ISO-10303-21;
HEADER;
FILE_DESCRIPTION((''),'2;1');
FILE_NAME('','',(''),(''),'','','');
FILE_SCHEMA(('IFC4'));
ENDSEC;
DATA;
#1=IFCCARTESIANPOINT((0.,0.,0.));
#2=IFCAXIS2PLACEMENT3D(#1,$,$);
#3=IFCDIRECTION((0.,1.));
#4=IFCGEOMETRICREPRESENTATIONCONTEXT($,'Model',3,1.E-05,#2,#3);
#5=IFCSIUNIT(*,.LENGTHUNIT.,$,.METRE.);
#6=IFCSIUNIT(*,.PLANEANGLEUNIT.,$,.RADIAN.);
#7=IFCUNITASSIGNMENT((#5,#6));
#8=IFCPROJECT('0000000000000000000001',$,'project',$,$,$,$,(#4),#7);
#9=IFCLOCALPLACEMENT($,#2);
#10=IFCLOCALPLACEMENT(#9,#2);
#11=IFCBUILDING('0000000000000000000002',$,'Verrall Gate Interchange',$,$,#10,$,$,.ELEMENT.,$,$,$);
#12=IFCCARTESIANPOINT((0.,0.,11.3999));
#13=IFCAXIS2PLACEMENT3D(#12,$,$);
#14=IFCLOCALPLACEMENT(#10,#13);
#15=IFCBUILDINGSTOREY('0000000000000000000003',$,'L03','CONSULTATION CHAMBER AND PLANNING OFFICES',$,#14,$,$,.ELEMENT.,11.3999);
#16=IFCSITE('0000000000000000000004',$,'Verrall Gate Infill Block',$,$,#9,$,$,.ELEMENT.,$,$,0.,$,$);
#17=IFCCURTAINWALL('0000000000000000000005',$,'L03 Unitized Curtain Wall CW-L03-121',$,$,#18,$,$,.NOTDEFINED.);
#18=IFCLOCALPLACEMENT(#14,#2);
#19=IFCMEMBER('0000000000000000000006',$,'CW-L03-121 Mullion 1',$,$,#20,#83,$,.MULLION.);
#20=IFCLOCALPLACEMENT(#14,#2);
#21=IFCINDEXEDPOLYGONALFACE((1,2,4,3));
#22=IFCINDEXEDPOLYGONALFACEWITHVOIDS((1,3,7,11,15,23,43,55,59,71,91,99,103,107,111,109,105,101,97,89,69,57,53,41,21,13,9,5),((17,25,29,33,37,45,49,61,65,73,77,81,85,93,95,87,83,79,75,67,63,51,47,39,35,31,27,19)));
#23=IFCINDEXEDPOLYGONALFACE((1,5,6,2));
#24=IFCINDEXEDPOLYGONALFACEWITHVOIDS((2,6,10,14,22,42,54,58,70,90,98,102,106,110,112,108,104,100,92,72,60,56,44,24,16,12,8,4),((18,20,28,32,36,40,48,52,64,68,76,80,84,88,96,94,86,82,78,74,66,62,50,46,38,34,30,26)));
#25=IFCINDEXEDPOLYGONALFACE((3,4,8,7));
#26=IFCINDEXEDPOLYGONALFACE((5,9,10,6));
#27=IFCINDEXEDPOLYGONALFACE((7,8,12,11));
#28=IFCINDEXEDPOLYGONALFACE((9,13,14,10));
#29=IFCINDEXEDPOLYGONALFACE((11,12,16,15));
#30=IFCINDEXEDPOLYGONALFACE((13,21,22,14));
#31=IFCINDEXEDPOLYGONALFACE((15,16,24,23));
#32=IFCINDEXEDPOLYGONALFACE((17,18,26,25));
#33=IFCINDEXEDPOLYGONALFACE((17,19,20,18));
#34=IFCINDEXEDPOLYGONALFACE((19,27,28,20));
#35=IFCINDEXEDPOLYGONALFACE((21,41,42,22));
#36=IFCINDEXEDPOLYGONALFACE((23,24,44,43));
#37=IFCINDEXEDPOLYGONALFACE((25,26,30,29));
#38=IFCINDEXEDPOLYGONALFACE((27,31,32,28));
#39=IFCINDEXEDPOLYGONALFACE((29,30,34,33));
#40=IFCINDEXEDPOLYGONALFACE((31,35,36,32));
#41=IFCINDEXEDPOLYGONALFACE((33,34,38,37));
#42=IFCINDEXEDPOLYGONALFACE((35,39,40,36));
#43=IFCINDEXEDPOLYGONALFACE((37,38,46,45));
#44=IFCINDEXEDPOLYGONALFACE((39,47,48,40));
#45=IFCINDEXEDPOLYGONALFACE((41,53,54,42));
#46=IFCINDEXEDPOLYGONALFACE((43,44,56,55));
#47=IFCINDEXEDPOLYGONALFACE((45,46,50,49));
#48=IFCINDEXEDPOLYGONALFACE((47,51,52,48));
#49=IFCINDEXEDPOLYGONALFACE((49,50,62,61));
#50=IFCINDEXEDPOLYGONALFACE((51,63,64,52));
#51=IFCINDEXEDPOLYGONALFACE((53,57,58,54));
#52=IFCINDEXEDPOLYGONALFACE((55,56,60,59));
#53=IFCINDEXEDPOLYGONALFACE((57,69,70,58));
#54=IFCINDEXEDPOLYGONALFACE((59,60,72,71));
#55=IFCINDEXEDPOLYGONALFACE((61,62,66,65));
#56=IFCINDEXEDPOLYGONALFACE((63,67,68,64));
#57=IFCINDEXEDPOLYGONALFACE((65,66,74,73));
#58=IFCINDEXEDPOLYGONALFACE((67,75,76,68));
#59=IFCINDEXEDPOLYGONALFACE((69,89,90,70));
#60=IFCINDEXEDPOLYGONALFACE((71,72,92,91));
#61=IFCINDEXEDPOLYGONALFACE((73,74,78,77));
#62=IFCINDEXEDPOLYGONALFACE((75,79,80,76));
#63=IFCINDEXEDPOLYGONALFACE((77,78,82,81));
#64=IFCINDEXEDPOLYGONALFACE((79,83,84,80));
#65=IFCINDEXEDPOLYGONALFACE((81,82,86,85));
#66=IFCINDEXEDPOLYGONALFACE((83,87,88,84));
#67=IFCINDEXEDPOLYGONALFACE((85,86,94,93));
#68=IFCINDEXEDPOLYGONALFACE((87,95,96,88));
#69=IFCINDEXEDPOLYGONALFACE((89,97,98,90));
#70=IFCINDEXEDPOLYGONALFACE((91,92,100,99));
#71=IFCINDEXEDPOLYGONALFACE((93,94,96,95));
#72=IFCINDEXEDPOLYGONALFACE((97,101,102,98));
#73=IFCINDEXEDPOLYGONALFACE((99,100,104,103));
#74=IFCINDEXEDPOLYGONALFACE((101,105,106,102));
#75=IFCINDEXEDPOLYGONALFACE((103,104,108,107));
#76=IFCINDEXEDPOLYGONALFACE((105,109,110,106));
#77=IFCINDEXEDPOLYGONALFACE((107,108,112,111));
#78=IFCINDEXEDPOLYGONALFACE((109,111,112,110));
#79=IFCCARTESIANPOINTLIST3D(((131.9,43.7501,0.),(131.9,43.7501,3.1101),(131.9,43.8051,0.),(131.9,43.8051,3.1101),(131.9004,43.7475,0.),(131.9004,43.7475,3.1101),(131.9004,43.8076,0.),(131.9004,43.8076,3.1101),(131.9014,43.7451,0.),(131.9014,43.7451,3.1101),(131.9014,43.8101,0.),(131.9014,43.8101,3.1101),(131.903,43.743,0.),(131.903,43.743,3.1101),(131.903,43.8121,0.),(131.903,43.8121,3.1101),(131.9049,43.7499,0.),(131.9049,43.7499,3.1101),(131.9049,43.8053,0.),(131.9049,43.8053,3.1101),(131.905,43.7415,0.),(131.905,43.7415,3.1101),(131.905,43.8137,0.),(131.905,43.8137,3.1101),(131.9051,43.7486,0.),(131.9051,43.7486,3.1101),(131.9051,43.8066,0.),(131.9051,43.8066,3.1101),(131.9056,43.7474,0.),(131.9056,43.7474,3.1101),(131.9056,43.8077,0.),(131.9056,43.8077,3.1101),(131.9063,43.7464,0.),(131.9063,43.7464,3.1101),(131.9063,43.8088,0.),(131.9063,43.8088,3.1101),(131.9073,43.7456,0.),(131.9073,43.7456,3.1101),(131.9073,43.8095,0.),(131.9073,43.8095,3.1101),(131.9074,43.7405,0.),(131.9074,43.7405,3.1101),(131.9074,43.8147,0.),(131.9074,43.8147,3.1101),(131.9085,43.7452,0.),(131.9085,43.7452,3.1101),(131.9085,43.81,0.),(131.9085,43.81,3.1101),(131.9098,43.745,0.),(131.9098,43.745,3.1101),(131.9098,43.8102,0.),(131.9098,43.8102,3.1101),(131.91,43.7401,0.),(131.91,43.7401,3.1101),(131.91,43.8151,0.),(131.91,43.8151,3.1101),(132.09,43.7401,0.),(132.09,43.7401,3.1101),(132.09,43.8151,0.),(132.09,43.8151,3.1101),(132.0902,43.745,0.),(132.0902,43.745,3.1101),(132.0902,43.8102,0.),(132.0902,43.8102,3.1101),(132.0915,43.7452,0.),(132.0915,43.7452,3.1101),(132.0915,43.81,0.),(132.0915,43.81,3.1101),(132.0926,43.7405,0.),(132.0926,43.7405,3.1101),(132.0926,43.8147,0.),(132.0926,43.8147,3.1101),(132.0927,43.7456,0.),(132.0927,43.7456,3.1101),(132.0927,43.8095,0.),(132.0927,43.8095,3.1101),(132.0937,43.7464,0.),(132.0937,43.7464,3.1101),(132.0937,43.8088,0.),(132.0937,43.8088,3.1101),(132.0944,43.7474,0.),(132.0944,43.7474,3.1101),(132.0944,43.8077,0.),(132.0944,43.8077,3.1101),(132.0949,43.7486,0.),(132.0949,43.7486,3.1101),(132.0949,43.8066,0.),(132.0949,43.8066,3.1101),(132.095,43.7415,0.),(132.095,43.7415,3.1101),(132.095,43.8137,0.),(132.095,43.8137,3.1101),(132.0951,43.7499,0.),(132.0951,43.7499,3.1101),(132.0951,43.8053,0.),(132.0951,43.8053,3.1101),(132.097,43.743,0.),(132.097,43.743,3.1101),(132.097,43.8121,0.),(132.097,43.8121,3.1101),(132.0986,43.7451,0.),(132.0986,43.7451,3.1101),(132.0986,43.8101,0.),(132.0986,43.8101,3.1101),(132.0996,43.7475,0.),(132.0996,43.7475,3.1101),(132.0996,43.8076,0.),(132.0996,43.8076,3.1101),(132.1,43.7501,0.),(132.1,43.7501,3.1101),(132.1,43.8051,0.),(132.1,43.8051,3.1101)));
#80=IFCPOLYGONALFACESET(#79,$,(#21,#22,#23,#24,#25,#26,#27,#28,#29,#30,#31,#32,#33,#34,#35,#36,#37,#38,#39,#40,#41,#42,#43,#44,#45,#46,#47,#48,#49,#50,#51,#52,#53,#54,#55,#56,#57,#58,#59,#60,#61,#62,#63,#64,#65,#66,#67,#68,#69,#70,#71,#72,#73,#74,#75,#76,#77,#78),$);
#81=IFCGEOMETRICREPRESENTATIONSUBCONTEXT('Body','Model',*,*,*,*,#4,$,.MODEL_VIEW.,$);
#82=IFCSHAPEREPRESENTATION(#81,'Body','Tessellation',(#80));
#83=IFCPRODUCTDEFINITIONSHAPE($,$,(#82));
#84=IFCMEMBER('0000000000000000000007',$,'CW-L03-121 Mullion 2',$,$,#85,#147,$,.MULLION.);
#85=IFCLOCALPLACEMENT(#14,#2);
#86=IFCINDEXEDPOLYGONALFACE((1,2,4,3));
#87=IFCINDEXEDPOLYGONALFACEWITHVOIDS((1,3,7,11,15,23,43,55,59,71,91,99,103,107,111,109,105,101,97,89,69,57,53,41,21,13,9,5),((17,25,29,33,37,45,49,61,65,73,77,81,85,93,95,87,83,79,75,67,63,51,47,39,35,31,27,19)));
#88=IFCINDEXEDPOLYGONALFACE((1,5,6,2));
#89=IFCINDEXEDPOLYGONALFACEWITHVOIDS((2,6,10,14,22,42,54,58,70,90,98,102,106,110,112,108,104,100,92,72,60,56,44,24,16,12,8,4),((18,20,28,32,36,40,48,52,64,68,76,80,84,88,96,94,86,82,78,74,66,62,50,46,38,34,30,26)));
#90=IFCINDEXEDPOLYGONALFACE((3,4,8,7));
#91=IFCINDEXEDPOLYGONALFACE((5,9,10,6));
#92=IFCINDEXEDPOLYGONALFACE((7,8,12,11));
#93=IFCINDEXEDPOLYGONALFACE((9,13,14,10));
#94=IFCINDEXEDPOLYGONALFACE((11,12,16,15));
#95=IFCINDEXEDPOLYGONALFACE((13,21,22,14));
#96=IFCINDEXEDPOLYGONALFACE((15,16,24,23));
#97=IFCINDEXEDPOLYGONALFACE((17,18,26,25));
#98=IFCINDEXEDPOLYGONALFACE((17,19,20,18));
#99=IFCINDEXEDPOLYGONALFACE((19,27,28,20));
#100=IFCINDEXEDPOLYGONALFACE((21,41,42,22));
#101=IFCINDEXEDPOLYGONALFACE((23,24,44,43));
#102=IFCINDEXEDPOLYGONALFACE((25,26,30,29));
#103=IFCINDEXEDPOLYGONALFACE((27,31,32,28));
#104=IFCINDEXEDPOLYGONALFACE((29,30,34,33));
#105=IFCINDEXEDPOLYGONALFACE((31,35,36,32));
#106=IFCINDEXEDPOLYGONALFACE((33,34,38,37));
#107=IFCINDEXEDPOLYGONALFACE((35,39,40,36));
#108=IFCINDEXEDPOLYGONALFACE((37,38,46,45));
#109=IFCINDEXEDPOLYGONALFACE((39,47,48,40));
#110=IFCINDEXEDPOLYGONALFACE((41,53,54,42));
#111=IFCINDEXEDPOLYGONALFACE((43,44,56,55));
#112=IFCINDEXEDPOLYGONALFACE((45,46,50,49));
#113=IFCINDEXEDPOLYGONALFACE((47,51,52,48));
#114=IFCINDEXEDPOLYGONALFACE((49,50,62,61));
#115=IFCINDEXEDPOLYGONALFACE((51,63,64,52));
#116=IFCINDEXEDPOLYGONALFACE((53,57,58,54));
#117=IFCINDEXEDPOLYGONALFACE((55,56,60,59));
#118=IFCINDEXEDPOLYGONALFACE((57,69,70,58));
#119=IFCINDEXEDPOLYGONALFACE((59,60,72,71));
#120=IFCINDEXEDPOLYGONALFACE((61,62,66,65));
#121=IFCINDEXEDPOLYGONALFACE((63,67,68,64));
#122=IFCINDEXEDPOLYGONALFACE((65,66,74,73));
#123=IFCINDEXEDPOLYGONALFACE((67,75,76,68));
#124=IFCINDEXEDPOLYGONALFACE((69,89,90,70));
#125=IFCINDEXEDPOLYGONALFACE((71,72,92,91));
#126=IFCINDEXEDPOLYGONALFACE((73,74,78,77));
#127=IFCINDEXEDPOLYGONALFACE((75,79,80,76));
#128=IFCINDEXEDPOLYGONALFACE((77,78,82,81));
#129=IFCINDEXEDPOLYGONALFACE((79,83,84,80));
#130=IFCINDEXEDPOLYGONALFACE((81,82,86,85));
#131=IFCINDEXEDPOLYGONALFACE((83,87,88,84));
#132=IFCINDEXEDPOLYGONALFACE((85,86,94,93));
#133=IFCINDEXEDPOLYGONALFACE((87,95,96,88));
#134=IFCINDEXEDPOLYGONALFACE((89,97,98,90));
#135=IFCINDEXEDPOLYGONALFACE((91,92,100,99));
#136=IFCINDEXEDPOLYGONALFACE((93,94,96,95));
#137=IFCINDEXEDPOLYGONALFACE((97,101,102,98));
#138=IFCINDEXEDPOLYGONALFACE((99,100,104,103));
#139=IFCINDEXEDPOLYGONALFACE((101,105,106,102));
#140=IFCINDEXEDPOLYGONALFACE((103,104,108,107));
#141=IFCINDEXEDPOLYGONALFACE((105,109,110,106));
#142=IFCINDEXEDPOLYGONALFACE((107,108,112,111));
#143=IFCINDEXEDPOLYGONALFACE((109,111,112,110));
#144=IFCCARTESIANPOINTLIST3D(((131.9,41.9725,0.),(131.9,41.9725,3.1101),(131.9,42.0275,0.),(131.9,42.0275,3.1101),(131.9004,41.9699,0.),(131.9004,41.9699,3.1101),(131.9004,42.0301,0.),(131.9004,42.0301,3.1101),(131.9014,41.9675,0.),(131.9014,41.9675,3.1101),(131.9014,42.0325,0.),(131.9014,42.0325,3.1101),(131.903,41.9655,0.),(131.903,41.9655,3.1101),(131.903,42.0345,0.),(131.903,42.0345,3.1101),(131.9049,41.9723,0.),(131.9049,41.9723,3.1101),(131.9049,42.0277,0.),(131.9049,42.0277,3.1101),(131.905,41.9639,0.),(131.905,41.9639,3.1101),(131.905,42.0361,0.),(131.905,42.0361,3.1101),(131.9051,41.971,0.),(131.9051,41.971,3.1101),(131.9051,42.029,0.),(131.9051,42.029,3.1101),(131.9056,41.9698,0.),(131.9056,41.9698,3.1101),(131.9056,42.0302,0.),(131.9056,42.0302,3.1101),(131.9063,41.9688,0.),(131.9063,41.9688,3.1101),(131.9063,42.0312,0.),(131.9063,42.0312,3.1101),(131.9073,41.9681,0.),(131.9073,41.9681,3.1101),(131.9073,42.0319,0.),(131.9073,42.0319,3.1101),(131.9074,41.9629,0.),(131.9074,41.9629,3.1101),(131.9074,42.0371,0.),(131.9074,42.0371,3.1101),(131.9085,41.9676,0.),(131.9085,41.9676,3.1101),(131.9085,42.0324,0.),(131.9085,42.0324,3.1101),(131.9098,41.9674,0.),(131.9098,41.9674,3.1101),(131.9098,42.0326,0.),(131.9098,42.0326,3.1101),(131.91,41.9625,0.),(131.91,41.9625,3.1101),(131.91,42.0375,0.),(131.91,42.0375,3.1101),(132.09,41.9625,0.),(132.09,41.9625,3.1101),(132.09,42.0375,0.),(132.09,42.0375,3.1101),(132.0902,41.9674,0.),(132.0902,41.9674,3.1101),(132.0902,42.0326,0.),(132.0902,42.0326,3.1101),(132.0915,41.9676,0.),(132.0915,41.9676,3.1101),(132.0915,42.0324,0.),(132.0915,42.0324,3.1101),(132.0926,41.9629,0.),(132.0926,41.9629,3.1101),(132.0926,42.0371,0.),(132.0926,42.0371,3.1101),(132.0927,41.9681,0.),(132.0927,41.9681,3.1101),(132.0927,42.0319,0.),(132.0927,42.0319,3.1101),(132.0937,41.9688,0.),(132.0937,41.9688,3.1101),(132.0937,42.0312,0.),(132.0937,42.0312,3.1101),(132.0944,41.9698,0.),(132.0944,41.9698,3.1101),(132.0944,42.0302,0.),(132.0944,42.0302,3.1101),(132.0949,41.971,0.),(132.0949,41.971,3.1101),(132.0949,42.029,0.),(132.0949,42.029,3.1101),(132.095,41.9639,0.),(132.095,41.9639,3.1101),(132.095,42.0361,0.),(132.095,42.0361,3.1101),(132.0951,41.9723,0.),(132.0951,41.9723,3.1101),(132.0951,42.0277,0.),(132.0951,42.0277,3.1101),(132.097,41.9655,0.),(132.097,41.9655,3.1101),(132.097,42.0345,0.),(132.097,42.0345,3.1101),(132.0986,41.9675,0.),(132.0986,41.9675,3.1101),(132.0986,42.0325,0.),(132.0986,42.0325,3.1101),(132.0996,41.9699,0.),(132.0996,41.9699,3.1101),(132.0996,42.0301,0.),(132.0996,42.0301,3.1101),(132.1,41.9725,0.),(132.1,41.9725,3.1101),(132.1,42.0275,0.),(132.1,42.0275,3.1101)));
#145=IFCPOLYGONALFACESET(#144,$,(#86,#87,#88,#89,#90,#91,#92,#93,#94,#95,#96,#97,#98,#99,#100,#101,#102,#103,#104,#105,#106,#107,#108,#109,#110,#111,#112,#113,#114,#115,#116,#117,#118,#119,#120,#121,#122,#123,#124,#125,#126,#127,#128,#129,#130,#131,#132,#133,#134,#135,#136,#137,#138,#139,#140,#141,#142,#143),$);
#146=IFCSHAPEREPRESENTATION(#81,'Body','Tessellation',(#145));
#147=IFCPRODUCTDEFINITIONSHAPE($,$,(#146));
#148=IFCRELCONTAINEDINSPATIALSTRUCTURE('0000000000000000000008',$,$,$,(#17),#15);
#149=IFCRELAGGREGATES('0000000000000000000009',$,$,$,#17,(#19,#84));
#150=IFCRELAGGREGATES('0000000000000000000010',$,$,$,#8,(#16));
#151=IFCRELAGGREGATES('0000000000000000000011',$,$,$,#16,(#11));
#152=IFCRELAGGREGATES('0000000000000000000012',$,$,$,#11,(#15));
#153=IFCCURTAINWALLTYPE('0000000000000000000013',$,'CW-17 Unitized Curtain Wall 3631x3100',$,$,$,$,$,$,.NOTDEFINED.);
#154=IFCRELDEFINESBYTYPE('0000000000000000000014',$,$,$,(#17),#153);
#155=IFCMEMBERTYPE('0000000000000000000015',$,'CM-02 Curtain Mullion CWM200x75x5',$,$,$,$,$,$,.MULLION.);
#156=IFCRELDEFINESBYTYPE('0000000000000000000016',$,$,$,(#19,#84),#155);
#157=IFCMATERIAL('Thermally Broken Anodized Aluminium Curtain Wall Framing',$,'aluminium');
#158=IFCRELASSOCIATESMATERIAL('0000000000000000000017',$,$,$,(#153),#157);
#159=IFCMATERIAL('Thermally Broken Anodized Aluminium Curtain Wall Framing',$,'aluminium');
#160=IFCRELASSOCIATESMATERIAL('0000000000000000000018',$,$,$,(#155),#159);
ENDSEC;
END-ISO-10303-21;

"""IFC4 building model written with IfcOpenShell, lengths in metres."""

from ifc_helpers import new_model, si_unit, direction, frame, origin, origin_2d, place, context, subcontext, project, spatial, hollow_rectangle, extrude, material, material_profile, profile_set, type_object, element, aggregate, save


model = new_model("IFC4")

# Units and contexts
model_context = context("Model", 3, precision=1e-05, world=origin(), true_north=direction((0.0, 1.0)))
body_context = subcontext(model_context, "Body", "Model", "MODEL_VIEW")
ifc_project = project(units=[si_unit("LENGTHUNIT", "METRE"), si_unit("PLANEANGLEUNIT", "RADIAN")], contexts=[model_context])

# Site, building, storey
site_placement = place(None, origin())
site = spatial("IfcSite", under=ifc_project, at=site_placement, Name="Verrall Gate Infill Block", CompositionType="ELEMENT", RefElevation=0.0)
building_placement = place(site_placement, origin())
building = spatial("IfcBuilding", under=site, at=building_placement, Name="Verrall Gate Interchange", CompositionType="ELEMENT")
storey_placement = place(building_placement, frame((0.0, 0.0, 11.3999)))
storey = spatial("IfcBuildingStorey", under=building, at=storey_placement, Name="L03", Description="CONSULTATION CHAMBER AND PLANNING OFFICES", CompositionType="ELEMENT", Elevation=11.3999)

# Curtain wall, members
ifc_material_1 = material(Name="Thermally Broken Anodized Aluminium Curtain Wall Framing", Category="aluminium")
curtain_wall_type_1 = type_object("IfcCurtainWallType", Name="CW-17 Unitized Curtain Wall 3631x3100", PredefinedType="NOTDEFINED", material=ifc_material_1)
curtain_wall_1_placement = place(storey_placement, origin())
curtain_wall_1 = element("IfcCurtainWall", 1, at=curtain_wall_1_placement, inside=storey, type_object=curtain_wall_type_1, Name="L03 Unitized Curtain Wall CW-L03-121", PredefinedType="NOTDEFINED")
ifc_material_2 = material(Name="Thermally Broken Anodized Aluminium Curtain Wall Framing", Category="aluminium")
ifc_material_profile_1 = material_profile(ifc_material_2, hollow_rectangle(XDim=0.075, YDim=0.2, WallThickness=0.0049, InnerFilletRadius=0.0049, OuterFilletRadius=0.01, at=origin_2d()), Name="CWM200x75x5")
ifc_profile_set_1 = profile_set([ifc_material_profile_1], Name="Thermally Broken Anodized Aluminium Curtain Wall Framing")
member_type_1 = type_object("IfcMemberType", Name="CM-02 Curtain Mullion CWM200x75x5", PredefinedType="MULLION", material=ifc_profile_set_1)
member_1_placement = place(storey_placement, frame((132.0, 43.7776, 0.0), z_axis=(0.0, 0.0, 1.0), x_axis=(0.0, -1.0, 0.0)))
member_1 = element("IfcMember", 2, at=member_1_placement, type_object=member_type_1, Name="CW-L03-121 Mullion 1", PredefinedType="MULLION", context=body_context, shape_type="SweptSolid", body=[
    extrude(hollow_rectangle(XDim=0.075, YDim=0.2, WallThickness=0.0049, InnerFilletRadius=0.0049, OuterFilletRadius=0.01, at=origin_2d()), origin(), (0.0, 0.0, 1.0), 3.1101),
])
member_2_placement = place(storey_placement, frame((132.0, 42.0, 0.0), z_axis=(0.0, 0.0, 1.0), x_axis=(0.0, -1.0, 0.0)))
member_2 = element("IfcMember", 3, at=member_2_placement, type_object=member_type_1, Name="CW-L03-121 Mullion 2", PredefinedType="MULLION", context=body_context, shape_type="SweptSolid", body=[
    extrude(hollow_rectangle(XDim=0.075, YDim=0.2, WallThickness=0.0049, InnerFilletRadius=0.0049, OuterFilletRadius=0.01, at=origin_2d()), origin(), (0.0, 0.0, 1.0), 3.1101),
])

aggregate(curtain_wall_1, [member_1, member_2])

save(model, "model.ifc")
